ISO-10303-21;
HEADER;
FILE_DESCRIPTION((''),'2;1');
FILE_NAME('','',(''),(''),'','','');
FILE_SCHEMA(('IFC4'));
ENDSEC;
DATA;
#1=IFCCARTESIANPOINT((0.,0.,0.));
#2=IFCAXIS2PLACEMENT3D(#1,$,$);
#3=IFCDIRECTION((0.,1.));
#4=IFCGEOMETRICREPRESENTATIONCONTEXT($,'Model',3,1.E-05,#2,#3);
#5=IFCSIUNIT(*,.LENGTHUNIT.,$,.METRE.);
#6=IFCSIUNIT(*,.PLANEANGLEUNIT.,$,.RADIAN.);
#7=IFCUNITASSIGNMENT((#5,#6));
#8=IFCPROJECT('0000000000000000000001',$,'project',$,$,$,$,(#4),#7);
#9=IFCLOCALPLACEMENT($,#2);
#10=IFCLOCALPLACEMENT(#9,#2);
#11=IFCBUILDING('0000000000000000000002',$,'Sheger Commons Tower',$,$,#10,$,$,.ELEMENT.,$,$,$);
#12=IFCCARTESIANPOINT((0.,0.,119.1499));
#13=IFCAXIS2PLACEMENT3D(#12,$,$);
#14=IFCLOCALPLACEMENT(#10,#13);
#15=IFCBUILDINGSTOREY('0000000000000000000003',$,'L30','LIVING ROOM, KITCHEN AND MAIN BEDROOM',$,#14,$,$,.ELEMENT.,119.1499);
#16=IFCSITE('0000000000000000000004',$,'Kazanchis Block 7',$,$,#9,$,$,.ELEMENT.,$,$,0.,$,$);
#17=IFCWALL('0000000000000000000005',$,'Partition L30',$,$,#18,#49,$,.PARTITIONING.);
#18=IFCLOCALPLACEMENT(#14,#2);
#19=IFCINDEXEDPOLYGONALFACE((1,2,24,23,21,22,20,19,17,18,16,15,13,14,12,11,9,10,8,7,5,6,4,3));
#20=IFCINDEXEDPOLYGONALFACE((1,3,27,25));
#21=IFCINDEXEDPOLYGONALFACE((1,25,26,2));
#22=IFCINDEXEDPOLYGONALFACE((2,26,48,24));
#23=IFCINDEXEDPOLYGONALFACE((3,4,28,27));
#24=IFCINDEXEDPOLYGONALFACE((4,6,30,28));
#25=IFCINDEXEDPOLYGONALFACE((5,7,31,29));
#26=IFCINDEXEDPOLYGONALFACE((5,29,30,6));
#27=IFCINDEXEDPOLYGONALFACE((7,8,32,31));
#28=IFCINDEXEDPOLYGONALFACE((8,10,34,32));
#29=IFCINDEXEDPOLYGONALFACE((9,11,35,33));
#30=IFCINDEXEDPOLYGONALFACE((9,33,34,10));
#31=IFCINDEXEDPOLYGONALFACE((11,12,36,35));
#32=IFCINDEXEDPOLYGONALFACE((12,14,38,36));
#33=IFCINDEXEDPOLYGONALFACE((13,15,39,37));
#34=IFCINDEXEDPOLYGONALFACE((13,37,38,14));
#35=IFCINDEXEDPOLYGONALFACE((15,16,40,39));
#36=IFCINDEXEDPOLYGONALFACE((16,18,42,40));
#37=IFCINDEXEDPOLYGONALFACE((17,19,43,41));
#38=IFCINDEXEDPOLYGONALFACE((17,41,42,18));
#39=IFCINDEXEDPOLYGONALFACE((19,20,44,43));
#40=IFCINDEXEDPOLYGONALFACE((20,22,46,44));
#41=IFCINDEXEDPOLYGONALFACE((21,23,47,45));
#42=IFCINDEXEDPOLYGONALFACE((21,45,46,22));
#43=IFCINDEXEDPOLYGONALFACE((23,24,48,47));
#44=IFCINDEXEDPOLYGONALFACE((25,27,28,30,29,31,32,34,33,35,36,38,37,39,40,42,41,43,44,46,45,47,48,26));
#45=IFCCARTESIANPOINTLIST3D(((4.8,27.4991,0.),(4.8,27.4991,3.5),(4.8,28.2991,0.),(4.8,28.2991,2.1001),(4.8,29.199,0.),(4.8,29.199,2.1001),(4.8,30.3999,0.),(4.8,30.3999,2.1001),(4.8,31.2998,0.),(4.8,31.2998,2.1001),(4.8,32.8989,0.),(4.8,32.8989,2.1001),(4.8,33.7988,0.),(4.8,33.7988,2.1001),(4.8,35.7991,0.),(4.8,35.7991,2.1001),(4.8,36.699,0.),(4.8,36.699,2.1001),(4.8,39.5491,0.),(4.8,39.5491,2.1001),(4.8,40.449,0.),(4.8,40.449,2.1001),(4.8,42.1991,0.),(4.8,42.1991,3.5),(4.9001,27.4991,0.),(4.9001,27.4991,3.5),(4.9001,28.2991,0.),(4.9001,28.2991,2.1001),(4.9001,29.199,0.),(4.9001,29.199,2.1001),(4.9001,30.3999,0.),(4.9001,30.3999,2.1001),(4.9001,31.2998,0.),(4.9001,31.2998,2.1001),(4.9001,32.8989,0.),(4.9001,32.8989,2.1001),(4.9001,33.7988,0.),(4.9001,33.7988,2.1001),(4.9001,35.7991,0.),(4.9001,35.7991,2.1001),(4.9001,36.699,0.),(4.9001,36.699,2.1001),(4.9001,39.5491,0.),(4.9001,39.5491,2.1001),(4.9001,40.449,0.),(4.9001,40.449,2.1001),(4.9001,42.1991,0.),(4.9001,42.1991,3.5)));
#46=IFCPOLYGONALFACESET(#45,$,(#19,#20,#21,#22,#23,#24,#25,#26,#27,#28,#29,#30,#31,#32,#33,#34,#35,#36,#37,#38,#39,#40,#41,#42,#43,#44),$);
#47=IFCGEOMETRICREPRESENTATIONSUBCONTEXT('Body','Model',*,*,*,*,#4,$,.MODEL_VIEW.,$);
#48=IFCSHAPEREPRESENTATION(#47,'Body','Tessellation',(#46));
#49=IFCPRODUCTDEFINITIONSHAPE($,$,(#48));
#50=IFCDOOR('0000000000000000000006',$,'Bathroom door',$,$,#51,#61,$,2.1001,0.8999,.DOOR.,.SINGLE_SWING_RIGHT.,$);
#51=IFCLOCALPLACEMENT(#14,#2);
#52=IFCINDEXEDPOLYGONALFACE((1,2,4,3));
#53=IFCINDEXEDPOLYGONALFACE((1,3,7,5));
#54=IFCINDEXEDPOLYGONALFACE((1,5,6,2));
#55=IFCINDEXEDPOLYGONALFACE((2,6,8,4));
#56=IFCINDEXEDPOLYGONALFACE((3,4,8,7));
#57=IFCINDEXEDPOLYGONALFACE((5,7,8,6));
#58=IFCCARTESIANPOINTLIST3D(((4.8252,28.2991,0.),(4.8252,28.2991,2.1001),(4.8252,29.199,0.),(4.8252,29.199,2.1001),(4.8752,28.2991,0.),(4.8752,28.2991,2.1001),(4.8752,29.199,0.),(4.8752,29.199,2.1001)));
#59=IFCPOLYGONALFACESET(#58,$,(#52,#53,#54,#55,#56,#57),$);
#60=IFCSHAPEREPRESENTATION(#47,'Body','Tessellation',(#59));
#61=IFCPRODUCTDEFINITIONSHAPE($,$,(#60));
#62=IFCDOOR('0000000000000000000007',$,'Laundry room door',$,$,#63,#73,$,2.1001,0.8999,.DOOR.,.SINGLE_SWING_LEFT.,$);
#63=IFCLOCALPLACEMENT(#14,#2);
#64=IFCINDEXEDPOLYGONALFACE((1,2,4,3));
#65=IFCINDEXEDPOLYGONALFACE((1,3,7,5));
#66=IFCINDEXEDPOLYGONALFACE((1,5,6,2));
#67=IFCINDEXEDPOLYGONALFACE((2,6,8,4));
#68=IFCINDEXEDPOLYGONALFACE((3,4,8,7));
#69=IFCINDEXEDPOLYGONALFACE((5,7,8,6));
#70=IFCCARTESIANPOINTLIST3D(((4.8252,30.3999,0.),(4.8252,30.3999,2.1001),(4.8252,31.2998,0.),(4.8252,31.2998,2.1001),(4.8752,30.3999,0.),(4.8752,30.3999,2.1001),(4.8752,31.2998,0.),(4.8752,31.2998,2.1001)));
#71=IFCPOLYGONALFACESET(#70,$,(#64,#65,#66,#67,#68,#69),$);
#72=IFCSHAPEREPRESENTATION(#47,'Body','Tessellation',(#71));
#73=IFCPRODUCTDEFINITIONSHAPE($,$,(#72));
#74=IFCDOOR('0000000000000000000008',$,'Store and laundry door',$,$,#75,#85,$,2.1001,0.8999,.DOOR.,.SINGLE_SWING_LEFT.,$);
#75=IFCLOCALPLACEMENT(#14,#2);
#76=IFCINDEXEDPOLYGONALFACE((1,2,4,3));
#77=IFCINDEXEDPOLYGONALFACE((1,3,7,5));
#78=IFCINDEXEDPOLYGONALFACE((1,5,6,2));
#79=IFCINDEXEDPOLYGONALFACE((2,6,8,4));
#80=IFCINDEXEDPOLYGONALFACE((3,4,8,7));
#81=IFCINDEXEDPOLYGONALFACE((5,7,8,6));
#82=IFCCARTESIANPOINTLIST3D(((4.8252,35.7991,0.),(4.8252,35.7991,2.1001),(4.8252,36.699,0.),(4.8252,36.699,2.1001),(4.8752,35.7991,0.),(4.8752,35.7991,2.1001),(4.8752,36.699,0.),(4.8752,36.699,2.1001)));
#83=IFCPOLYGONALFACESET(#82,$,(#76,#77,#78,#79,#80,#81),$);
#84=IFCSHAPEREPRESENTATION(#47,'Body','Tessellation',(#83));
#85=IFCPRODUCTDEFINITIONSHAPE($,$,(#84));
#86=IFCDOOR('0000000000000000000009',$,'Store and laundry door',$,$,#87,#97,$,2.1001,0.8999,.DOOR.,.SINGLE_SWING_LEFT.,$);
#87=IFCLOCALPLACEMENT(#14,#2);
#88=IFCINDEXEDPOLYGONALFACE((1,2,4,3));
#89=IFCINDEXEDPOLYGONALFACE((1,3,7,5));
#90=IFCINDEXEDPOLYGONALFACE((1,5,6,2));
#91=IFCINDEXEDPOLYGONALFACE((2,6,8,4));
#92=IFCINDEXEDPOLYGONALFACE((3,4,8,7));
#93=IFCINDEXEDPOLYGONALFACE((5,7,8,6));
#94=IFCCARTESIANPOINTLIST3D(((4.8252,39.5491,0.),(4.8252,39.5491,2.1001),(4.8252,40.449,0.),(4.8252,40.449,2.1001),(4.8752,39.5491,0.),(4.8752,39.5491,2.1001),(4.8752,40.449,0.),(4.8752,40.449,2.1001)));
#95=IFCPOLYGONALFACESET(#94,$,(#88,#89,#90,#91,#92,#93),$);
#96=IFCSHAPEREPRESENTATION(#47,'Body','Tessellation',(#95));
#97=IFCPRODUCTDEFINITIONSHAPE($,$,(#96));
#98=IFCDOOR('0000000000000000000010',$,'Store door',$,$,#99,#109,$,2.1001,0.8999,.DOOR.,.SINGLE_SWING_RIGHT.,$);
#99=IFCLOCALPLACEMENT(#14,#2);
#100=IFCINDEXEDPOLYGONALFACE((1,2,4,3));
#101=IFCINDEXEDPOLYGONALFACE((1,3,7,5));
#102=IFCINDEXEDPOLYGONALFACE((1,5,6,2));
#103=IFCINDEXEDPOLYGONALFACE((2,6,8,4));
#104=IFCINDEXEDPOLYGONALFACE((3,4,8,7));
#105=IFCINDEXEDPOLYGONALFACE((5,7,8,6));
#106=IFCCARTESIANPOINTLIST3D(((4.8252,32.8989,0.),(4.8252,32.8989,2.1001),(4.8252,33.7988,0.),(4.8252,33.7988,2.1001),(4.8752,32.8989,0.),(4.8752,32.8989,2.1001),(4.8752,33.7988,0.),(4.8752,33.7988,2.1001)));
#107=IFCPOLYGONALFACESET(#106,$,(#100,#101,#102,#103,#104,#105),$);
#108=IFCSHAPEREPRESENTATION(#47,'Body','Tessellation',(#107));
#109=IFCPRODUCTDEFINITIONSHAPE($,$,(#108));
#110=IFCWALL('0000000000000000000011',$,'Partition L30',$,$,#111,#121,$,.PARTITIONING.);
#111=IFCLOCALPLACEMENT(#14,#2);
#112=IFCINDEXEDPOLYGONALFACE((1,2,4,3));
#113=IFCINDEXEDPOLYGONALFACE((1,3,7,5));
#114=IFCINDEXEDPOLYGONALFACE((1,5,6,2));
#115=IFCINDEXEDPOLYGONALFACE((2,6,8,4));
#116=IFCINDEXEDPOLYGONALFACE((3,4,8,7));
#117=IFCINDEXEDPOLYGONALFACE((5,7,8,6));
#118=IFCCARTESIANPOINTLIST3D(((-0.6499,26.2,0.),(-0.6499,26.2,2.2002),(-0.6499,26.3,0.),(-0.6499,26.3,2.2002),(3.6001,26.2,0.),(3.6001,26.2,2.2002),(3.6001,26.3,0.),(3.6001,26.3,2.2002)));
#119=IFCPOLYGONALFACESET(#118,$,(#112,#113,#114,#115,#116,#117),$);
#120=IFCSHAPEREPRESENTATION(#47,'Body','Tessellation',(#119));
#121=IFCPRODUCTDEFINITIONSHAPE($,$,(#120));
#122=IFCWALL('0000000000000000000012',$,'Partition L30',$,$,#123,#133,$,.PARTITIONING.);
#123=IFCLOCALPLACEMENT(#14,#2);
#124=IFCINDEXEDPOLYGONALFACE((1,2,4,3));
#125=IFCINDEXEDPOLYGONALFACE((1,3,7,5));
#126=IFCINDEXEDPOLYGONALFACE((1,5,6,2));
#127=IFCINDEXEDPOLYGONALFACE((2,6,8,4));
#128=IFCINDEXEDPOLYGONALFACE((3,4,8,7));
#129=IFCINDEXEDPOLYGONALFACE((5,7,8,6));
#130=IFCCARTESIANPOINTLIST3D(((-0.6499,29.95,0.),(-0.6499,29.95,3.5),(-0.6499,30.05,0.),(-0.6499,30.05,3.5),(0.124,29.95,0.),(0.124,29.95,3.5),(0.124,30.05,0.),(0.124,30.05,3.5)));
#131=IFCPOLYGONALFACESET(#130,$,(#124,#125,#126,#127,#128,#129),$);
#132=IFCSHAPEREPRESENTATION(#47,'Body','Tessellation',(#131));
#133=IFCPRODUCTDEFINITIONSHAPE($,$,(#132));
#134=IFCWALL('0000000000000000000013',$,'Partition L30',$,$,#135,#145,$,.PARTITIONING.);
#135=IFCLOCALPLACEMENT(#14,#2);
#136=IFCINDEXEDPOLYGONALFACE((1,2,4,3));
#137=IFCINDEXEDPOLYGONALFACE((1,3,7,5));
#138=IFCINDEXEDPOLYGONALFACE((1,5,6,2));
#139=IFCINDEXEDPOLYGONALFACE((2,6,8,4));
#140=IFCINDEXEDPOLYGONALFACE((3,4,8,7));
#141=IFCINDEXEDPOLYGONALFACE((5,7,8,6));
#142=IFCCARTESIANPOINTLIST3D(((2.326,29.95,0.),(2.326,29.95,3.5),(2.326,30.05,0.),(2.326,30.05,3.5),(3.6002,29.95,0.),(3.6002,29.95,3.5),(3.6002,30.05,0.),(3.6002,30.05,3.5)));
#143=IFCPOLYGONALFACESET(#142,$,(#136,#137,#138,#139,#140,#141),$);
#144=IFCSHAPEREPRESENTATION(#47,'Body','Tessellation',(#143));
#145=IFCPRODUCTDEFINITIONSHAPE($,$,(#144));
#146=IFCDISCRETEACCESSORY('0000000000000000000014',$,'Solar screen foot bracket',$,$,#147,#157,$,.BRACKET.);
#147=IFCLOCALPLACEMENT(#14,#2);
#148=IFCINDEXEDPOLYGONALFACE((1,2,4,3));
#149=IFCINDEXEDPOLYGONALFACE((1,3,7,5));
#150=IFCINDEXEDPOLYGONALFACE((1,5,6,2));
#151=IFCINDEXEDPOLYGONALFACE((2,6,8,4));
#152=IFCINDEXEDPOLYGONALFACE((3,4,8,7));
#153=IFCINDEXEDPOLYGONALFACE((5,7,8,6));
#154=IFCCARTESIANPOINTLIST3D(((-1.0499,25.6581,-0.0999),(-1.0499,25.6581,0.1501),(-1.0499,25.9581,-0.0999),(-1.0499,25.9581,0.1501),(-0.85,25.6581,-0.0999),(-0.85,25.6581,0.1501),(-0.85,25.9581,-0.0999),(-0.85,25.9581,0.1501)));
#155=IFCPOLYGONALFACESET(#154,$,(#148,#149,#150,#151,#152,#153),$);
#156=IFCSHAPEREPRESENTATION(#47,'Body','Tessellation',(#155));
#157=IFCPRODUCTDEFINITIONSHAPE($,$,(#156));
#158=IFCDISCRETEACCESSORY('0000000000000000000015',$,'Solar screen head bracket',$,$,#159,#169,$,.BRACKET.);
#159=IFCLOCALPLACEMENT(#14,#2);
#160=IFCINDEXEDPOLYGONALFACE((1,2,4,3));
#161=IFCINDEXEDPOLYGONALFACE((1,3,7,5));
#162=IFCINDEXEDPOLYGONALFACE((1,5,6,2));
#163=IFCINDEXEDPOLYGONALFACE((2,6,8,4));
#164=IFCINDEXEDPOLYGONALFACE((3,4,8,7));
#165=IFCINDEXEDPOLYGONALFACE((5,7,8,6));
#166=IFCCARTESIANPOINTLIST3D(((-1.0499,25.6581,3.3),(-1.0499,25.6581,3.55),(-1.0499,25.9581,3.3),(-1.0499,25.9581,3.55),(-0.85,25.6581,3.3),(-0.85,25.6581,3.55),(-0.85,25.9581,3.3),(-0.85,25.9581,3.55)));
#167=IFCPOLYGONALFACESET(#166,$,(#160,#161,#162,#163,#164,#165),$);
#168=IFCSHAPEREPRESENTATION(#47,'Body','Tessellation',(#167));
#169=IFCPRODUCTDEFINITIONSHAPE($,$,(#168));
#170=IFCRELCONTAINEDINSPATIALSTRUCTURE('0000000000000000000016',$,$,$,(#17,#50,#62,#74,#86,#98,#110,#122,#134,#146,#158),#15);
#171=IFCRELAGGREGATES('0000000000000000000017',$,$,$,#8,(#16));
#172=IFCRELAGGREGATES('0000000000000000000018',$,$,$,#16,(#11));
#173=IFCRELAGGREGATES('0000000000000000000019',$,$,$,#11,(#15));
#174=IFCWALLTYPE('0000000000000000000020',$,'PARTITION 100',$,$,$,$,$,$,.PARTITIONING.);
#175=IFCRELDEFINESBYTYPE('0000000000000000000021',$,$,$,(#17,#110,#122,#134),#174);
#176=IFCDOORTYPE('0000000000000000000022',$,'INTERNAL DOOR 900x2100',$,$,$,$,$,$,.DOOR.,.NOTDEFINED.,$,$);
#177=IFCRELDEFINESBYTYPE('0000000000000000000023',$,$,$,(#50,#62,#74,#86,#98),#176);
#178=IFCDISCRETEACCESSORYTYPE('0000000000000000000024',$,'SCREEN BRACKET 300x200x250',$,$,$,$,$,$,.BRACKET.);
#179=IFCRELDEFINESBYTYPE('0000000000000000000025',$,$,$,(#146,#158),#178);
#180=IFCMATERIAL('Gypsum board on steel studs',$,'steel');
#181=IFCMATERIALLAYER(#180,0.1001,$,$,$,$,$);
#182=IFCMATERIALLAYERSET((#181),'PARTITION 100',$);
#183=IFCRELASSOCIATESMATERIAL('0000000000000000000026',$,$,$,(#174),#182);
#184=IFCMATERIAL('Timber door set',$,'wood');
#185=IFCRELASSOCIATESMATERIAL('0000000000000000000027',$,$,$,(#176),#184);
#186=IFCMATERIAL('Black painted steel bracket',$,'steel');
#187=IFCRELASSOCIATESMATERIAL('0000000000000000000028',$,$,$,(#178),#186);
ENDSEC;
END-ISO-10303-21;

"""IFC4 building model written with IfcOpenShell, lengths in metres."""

from ifc_helpers import new_model, si_unit, direction, frame, frame_2d, origin, origin_2d, place, context, subcontext, project, spatial, rectangle, extrude, material, layer, layer_set, type_object, element, fill, save


model = new_model("IFC4")

# Units and contexts
model_context = context("Model", 3, precision=1e-05, world=origin(), true_north=direction((0.0, 1.0)))
body_context = subcontext(model_context, "Body", "Model", "MODEL_VIEW")
ifc_project = project(units=[si_unit("LENGTHUNIT", "METRE"), si_unit("PLANEANGLEUNIT", "RADIAN")], contexts=[model_context])

# Site, building, storey
site_placement = place(None, origin())
site = spatial("IfcSite", under=ifc_project, at=site_placement, Name="Kazanchis Block 7", CompositionType="ELEMENT", RefElevation=0.0)
building_placement = place(site_placement, origin())
building = spatial("IfcBuilding", under=site, at=building_placement, Name="Sheger Commons Tower", CompositionType="ELEMENT")
storey_placement = place(building_placement, frame((0.0, 0.0, 119.1499)))
storey = spatial("IfcBuildingStorey", under=building, at=storey_placement, Name="L30", Description="LIVING ROOM, KITCHEN AND MAIN BEDROOM", CompositionType="ELEMENT", Elevation=119.1499)

# Wall, openings, doors
ifc_material_1 = material(Name="Gypsum board on steel studs", Category="steel")
ifc_layer_1 = layer(ifc_material_1, 0.1001)
ifc_layer_set_1 = layer_set([ifc_layer_1], Name="PARTITION 100")
wall_type_1 = type_object("IfcWallType", Name="PARTITION 100", PredefinedType="PARTITIONING", material=ifc_layer_set_1)
ifc_material_2 = material(Name="Timber door set", Category="wood")
door_type = type_object("IfcDoorType", Name="INTERNAL DOOR 900x2100", OperationType="NOTDEFINED", PredefinedType="DOOR", material=ifc_material_2)
wall_1_placement = place(storey_placement, frame((4.8501, 27.499, 0.0), z_axis=(0.0, 0.0, 1.0), x_axis=(0.0, 1.0, 0.0)))
wall_1 = element("IfcWall", 1, at=wall_1_placement, inside=storey, type_object=wall_type_1, Name="Partition L30", PredefinedType="PARTITIONING", context=body_context, shape_type="SweptSolid", body=[
    extrude(rectangle(XDim=14.7, YDim=0.1001, at=frame_2d((7.3501, 0.0))), origin(), (0.0, 0.0, 1.0), 3.5),
])
opening_1_placement = place(wall_1_placement, frame((0.8, 0.0, 0.0)))
opening_1 = element("IfcOpeningElement", 2, at=opening_1_placement, cuts=wall_1, PredefinedType="OPENING", context=body_context, shape_type="SweptSolid", body=[
    extrude(rectangle(XDim=0.8999, YDim=2.1001, at=frame_2d((0.45, 1.05))), frame((0.0, 0.0601, 0.0), z_axis=(0.0, -1.0, 0.0), x_axis=(1.0, 0.0, 0.0)), (0.0, 0.0, 1.0), 0.1201),
])
opening_2_placement = place(wall_1_placement, frame((2.9009, 0.0, 0.0)))
opening_2 = element("IfcOpeningElement", 3, at=opening_2_placement, cuts=wall_1, PredefinedType="OPENING", context=body_context, shape_type="SweptSolid", body=[
    extrude(rectangle(XDim=0.8999, YDim=2.1001, at=frame_2d((0.45, 1.05))), frame((0.0, 0.0601, 0.0), z_axis=(0.0, -1.0, 0.0), x_axis=(1.0, 0.0, 0.0)), (0.0, 0.0, 1.0), 0.1201),
])
opening_3_placement = place(wall_1_placement, frame((8.3, 0.0, 0.0)))
opening_3 = element("IfcOpeningElement", 4, at=opening_3_placement, cuts=wall_1, PredefinedType="OPENING", context=body_context, shape_type="SweptSolid", body=[
    extrude(rectangle(XDim=0.8999, YDim=2.1001, at=frame_2d((0.45, 1.05))), frame((0.0, 0.0601, 0.0), z_axis=(0.0, -1.0, 0.0), x_axis=(1.0, 0.0, 0.0)), (0.0, 0.0, 1.0), 0.1201),
])
opening_4_placement = place(wall_1_placement, frame((12.05, 0.0, 0.0)))
opening_4 = element("IfcOpeningElement", 5, at=opening_4_placement, cuts=wall_1, PredefinedType="OPENING", context=body_context, shape_type="SweptSolid", body=[
    extrude(rectangle(XDim=0.8999, YDim=2.1001, at=frame_2d((0.45, 1.05))), frame((0.0, 0.0601, 0.0), z_axis=(0.0, -1.0, 0.0), x_axis=(1.0, 0.0, 0.0)), (0.0, 0.0, 1.0), 0.1201),
])
opening_5_placement = place(wall_1_placement, frame((5.3999, 0.0, 0.0)))
opening_5 = element("IfcOpeningElement", 6, at=opening_5_placement, cuts=wall_1, PredefinedType="OPENING", context=body_context, shape_type="SweptSolid", body=[
    extrude(rectangle(XDim=0.8999, YDim=2.1001, at=frame_2d((0.45, 1.05))), frame((0.0, 0.0601, 0.0), z_axis=(0.0, -1.0, 0.0), x_axis=(1.0, 0.0, 0.0)), (0.0, 0.0, 1.0), 0.1201),
])
door_1_placement = place(opening_1_placement, origin())
door_1 = element("IfcDoor", 7, at=door_1_placement, inside=storey, type_object=door_type, Name="Bathroom door", OperationType="SINGLE_SWING_RIGHT", OverallHeight=2.1001, OverallWidth=0.8999, PredefinedType="DOOR", context=body_context, shape_type="SweptSolid", body=[
    extrude(rectangle(XDim=0.8999, YDim=2.1001, at=frame_2d((0.45, 1.05))), frame((0.0, 0.0249, 0.0), z_axis=(0.0, -1.0, 0.0), x_axis=(1.0, 0.0, 0.0)), (0.0, 0.0, 1.0), 0.05),
])
fill(opening_1, door_1)
door_2_placement = place(opening_2_placement, origin())
door_2 = element("IfcDoor", 8, at=door_2_placement, inside=storey, type_object=door_type, Name="Laundry room door", OperationType="SINGLE_SWING_LEFT", OverallHeight=2.1001, OverallWidth=0.8999, PredefinedType="DOOR", context=body_context, shape_type="SweptSolid", body=[
    extrude(rectangle(XDim=0.8999, YDim=2.1001, at=frame_2d((0.45, 1.05))), frame((0.0, 0.0249, 0.0), z_axis=(0.0, -1.0, 0.0), x_axis=(1.0, 0.0, 0.0)), (0.0, 0.0, 1.0), 0.05),
])
fill(opening_2, door_2)
door_3_placement = place(opening_3_placement, origin())
door_3 = element("IfcDoor", 9, at=door_3_placement, inside=storey, type_object=door_type, Name="Store and laundry door", OperationType="SINGLE_SWING_LEFT", OverallHeight=2.1001, OverallWidth=0.8999, PredefinedType="DOOR", context=body_context, shape_type="SweptSolid", body=[
    extrude(rectangle(XDim=0.8999, YDim=2.1001, at=frame_2d((0.45, 1.05))), frame((0.0, 0.0249, 0.0), z_axis=(0.0, -1.0, 0.0), x_axis=(1.0, 0.0, 0.0)), (0.0, 0.0, 1.0), 0.05),
])
fill(opening_3, door_3)
door_4_placement = place(opening_4_placement, origin())
door_4 = element("IfcDoor", 10, at=door_4_placement, inside=storey, type_object=door_type, Name="Store and laundry door", OperationType="SINGLE_SWING_LEFT", OverallHeight=2.1001, OverallWidth=0.8999, PredefinedType="DOOR", context=body_context, shape_type="SweptSolid", body=[
    extrude(rectangle(XDim=0.8999, YDim=2.1001, at=frame_2d((0.45, 1.05))), frame((0.0, 0.0249, 0.0), z_axis=(0.0, -1.0, 0.0), x_axis=(1.0, 0.0, 0.0)), (0.0, 0.0, 1.0), 0.05),
])
fill(opening_4, door_4)
door_5_placement = place(opening_5_placement, origin())
door_5 = element("IfcDoor", 11, at=door_5_placement, inside=storey, type_object=door_type, Name="Store door", OperationType="SINGLE_SWING_RIGHT", OverallHeight=2.1001, OverallWidth=0.8999, PredefinedType="DOOR", context=body_context, shape_type="SweptSolid", body=[
    extrude(rectangle(XDim=0.8999, YDim=2.1001, at=frame_2d((0.45, 1.05))), frame((0.0, 0.0249, 0.0), z_axis=(0.0, -1.0, 0.0), x_axis=(1.0, 0.0, 0.0)), (0.0, 0.0, 1.0), 0.05),
])
fill(opening_5, door_5)

# Walls
wall_2_placement = place(storey_placement, frame((-0.6499, 26.25, 0.0), z_axis=(0.0, 0.0, 1.0), x_axis=(1.0, 0.0, 0.0)))
element("IfcWall", 12, at=wall_2_placement, inside=storey, type_object=wall_type_1, Name="Partition L30", PredefinedType="PARTITIONING", context=body_context, shape_type="SweptSolid", body=[
    extrude(rectangle(XDim=4.25, YDim=0.1001, at=frame_2d((2.125, 0.0))), origin(), (0.0, 0.0, 1.0), 2.2002),
])
wall_3_placement = place(storey_placement, frame((-0.6499, 30.0, 0.0), z_axis=(0.0, 0.0, 1.0), x_axis=(1.0, 0.0, 0.0)))
element("IfcWall", 13, at=wall_3_placement, inside=storey, type_object=wall_type_1, Name="Partition L30", PredefinedType="PARTITIONING", context=body_context, shape_type="SweptSolid", body=[
    extrude(rectangle(XDim=0.7739, YDim=0.1001, at=frame_2d((0.387, 0.0))), origin(), (0.0, 0.0, 1.0), 3.5),
])
wall_4_placement = place(storey_placement, frame((2.3259, 30.0, 0.0), z_axis=(0.0, 0.0, 1.0), x_axis=(1.0, 0.0, 0.0)))
element("IfcWall", 14, at=wall_4_placement, inside=storey, type_object=wall_type_1, Name="Partition L30", PredefinedType="PARTITIONING", context=body_context, shape_type="SweptSolid", body=[
    extrude(rectangle(XDim=1.2742, YDim=0.1001, at=frame_2d((0.6372, 0.0))), origin(), (0.0, 0.0, 1.0), 3.5),
])

# Discrete accessories
ifc_material_3 = material(Name="Black painted steel bracket", Category="steel")
discrete_accessory_type = type_object("IfcDiscreteAccessoryType", Name="SCREEN BRACKET 300x200x250", PredefinedType="BRACKET", material=ifc_material_3)
for number, where, z_axis, x_axis, name in (
    (15, (-0.95, 25.8081, -0.0999), (0.0, 0.0, 1.0), (0.0, -1.0, 0.0), "Solar screen foot bracket"),
    (16, (-0.95, 25.8081, 3.3), (0.0, 0.0, 1.0), (0.0, -1.0, 0.0), "Solar screen head bracket"),
):
    element("IfcDiscreteAccessory", number, at=place(storey_placement, frame(where, z_axis=z_axis, x_axis=x_axis)), inside=storey, type_object=discrete_accessory_type, Name=name, PredefinedType="BRACKET", context=body_context, shape_type="SweptSolid", body=[
        extrude(rectangle(XDim=0.3, YDim=0.2, at=origin_2d()), origin(), (0.0, 0.0, 1.0), 0.25),
    ])

save(model, "model.ifc")
